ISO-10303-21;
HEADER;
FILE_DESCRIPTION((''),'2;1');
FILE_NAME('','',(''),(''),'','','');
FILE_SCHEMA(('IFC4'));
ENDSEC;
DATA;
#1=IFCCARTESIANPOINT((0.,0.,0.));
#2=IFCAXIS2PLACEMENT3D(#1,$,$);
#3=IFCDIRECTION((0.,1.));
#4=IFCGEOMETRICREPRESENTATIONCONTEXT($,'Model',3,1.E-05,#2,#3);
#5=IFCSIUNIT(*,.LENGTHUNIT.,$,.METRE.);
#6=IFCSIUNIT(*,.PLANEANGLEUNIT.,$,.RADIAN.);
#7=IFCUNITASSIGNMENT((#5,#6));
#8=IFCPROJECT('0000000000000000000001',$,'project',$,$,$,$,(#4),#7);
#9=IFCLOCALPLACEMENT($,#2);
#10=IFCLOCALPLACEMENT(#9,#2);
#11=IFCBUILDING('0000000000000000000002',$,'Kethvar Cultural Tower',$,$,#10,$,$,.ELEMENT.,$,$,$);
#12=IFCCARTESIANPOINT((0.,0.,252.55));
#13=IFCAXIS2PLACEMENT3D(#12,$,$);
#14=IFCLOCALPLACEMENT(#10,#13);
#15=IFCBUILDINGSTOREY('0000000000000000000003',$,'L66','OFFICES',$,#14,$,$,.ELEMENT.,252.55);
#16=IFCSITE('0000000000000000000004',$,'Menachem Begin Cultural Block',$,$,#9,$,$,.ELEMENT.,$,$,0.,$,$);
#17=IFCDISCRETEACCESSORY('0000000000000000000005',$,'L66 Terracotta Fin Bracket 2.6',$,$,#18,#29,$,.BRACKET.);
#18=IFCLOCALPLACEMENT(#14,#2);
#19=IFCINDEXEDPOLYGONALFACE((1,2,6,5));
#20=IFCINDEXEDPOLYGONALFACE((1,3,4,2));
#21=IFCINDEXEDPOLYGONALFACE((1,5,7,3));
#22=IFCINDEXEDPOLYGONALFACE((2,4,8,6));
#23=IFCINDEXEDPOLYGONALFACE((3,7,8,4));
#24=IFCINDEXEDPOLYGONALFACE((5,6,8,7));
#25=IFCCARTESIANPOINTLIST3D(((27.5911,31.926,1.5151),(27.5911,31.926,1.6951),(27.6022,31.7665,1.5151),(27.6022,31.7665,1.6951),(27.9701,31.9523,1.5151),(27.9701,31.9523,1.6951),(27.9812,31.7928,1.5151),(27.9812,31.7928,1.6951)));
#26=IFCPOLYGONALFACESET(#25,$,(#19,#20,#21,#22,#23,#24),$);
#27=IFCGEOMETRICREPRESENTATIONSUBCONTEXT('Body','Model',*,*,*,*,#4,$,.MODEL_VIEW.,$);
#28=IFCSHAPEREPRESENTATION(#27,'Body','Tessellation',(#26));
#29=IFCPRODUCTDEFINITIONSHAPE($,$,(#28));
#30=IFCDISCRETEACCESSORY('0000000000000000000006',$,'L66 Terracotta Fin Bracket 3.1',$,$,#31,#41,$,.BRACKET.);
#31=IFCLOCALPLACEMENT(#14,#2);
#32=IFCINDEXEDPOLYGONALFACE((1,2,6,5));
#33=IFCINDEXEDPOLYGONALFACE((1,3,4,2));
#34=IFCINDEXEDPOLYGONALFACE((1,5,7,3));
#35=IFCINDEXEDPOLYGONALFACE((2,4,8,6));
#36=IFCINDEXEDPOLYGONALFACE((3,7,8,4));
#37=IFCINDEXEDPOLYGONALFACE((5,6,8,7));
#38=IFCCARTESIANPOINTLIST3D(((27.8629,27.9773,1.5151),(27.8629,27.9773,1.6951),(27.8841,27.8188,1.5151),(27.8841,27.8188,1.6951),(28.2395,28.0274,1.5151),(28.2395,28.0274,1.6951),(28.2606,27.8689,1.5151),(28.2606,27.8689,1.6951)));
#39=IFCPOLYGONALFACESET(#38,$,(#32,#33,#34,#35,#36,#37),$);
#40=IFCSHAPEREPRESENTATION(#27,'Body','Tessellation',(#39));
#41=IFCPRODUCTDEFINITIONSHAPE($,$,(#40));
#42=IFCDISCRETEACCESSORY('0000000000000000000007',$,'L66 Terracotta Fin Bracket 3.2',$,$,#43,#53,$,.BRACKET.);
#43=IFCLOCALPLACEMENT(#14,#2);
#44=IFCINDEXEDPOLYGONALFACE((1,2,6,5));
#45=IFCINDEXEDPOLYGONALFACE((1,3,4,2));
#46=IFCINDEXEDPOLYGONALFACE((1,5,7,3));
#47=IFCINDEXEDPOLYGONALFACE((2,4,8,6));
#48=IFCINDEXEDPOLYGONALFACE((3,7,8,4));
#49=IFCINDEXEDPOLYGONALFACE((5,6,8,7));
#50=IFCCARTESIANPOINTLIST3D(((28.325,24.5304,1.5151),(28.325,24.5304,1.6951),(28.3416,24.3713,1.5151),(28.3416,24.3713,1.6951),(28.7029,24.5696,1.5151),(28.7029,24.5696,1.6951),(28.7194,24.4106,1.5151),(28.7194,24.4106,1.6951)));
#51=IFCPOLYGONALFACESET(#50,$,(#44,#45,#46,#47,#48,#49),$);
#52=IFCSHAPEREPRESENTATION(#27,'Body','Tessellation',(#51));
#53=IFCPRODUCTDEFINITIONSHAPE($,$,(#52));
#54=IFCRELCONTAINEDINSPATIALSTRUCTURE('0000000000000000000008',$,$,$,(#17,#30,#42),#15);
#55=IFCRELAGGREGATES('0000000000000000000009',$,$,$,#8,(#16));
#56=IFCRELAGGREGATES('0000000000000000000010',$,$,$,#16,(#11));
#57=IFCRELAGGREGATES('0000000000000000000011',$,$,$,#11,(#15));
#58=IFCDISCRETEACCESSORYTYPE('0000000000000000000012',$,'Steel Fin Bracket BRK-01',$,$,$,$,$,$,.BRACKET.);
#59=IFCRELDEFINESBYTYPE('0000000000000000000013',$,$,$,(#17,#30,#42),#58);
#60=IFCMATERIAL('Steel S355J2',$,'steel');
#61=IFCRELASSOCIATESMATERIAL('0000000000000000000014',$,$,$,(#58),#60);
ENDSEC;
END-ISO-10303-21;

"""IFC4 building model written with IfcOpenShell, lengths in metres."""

from ifc_helpers import new_model, si_unit, direction, frame, origin, origin_2d, place, context, subcontext, project, spatial, rectangle, extrude, source, transform, mapped, material, type_object, element, save


model = new_model("IFC4")

# Units and contexts
model_context = context("Model", 3, precision=1e-05, world=origin(), true_north=direction((0.0, 1.0)))
body_context = subcontext(model_context, "Body", "Model", "MODEL_VIEW")
ifc_project = project(units=[si_unit("LENGTHUNIT", "METRE"), si_unit("PLANEANGLEUNIT", "RADIAN")], contexts=[model_context])

# Site, building, storey
site_placement = place(None, origin())
site = spatial("IfcSite", under=ifc_project, at=site_placement, Name="Menachem Begin Cultural Block", CompositionType="ELEMENT", RefElevation=0.0)
building_placement = place(site_placement, origin())
building = spatial("IfcBuilding", under=site, at=building_placement, Name="Kethvar Cultural Tower", CompositionType="ELEMENT")
storey_placement = place(building_placement, frame((0.0, 0.0, 252.55)))
storey = spatial("IfcBuildingStorey", under=building, at=storey_placement, Name="L66", Description="OFFICES", CompositionType="ELEMENT", Elevation=252.55)

# Shared definitions
ifc_material_1 = material(Name="Steel S355J2", Category="steel")

# Discrete accessories
discrete_accessory_type = type_object("IfcDiscreteAccessoryType", Name="Steel Fin Bracket BRK-01", PredefinedType="BRACKET", material=ifc_material_1)
shared_shape_1 = source(origin(), body_context, "Body", "SweptSolid", [
    extrude(rectangle(XDim=0.3799, YDim=0.1599, at=origin_2d()), origin(), (0.0, 0.0, 1.0), 0.1799),
])
for number, where, z_axis, x_axis, name in (
    (1, (27.7861, 31.8594, 1.5151), (0.0, 0.0, 1.0), (-0.9976, -0.069234, 0.0), "L66 Terracotta Fin Bracket 2.6"),
    (2, (28.0618, 27.9231, 1.5151), (0.0, 0.0, 1.0), (-0.991239, -0.132083, 0.0), "L66 Terracotta Fin Bracket 3.1"),
    (3, (28.5222, 24.4705, 1.5151), (0.0, 0.0, 1.0), (-0.994649, -0.103313, 0.0), "L66 Terracotta Fin Bracket 3.2"),
):
    element("IfcDiscreteAccessory", number, at=place(storey_placement, frame(where, z_axis=z_axis, x_axis=x_axis)), inside=storey, type_object=discrete_accessory_type, Name=name, PredefinedType="BRACKET", context=body_context, shape_type="MappedRepresentation", body=[
        mapped(shared_shape_1, transform((0.0, 0.0, 0.0), scale=1.0)),
    ])

save(model, "model.ifc")
